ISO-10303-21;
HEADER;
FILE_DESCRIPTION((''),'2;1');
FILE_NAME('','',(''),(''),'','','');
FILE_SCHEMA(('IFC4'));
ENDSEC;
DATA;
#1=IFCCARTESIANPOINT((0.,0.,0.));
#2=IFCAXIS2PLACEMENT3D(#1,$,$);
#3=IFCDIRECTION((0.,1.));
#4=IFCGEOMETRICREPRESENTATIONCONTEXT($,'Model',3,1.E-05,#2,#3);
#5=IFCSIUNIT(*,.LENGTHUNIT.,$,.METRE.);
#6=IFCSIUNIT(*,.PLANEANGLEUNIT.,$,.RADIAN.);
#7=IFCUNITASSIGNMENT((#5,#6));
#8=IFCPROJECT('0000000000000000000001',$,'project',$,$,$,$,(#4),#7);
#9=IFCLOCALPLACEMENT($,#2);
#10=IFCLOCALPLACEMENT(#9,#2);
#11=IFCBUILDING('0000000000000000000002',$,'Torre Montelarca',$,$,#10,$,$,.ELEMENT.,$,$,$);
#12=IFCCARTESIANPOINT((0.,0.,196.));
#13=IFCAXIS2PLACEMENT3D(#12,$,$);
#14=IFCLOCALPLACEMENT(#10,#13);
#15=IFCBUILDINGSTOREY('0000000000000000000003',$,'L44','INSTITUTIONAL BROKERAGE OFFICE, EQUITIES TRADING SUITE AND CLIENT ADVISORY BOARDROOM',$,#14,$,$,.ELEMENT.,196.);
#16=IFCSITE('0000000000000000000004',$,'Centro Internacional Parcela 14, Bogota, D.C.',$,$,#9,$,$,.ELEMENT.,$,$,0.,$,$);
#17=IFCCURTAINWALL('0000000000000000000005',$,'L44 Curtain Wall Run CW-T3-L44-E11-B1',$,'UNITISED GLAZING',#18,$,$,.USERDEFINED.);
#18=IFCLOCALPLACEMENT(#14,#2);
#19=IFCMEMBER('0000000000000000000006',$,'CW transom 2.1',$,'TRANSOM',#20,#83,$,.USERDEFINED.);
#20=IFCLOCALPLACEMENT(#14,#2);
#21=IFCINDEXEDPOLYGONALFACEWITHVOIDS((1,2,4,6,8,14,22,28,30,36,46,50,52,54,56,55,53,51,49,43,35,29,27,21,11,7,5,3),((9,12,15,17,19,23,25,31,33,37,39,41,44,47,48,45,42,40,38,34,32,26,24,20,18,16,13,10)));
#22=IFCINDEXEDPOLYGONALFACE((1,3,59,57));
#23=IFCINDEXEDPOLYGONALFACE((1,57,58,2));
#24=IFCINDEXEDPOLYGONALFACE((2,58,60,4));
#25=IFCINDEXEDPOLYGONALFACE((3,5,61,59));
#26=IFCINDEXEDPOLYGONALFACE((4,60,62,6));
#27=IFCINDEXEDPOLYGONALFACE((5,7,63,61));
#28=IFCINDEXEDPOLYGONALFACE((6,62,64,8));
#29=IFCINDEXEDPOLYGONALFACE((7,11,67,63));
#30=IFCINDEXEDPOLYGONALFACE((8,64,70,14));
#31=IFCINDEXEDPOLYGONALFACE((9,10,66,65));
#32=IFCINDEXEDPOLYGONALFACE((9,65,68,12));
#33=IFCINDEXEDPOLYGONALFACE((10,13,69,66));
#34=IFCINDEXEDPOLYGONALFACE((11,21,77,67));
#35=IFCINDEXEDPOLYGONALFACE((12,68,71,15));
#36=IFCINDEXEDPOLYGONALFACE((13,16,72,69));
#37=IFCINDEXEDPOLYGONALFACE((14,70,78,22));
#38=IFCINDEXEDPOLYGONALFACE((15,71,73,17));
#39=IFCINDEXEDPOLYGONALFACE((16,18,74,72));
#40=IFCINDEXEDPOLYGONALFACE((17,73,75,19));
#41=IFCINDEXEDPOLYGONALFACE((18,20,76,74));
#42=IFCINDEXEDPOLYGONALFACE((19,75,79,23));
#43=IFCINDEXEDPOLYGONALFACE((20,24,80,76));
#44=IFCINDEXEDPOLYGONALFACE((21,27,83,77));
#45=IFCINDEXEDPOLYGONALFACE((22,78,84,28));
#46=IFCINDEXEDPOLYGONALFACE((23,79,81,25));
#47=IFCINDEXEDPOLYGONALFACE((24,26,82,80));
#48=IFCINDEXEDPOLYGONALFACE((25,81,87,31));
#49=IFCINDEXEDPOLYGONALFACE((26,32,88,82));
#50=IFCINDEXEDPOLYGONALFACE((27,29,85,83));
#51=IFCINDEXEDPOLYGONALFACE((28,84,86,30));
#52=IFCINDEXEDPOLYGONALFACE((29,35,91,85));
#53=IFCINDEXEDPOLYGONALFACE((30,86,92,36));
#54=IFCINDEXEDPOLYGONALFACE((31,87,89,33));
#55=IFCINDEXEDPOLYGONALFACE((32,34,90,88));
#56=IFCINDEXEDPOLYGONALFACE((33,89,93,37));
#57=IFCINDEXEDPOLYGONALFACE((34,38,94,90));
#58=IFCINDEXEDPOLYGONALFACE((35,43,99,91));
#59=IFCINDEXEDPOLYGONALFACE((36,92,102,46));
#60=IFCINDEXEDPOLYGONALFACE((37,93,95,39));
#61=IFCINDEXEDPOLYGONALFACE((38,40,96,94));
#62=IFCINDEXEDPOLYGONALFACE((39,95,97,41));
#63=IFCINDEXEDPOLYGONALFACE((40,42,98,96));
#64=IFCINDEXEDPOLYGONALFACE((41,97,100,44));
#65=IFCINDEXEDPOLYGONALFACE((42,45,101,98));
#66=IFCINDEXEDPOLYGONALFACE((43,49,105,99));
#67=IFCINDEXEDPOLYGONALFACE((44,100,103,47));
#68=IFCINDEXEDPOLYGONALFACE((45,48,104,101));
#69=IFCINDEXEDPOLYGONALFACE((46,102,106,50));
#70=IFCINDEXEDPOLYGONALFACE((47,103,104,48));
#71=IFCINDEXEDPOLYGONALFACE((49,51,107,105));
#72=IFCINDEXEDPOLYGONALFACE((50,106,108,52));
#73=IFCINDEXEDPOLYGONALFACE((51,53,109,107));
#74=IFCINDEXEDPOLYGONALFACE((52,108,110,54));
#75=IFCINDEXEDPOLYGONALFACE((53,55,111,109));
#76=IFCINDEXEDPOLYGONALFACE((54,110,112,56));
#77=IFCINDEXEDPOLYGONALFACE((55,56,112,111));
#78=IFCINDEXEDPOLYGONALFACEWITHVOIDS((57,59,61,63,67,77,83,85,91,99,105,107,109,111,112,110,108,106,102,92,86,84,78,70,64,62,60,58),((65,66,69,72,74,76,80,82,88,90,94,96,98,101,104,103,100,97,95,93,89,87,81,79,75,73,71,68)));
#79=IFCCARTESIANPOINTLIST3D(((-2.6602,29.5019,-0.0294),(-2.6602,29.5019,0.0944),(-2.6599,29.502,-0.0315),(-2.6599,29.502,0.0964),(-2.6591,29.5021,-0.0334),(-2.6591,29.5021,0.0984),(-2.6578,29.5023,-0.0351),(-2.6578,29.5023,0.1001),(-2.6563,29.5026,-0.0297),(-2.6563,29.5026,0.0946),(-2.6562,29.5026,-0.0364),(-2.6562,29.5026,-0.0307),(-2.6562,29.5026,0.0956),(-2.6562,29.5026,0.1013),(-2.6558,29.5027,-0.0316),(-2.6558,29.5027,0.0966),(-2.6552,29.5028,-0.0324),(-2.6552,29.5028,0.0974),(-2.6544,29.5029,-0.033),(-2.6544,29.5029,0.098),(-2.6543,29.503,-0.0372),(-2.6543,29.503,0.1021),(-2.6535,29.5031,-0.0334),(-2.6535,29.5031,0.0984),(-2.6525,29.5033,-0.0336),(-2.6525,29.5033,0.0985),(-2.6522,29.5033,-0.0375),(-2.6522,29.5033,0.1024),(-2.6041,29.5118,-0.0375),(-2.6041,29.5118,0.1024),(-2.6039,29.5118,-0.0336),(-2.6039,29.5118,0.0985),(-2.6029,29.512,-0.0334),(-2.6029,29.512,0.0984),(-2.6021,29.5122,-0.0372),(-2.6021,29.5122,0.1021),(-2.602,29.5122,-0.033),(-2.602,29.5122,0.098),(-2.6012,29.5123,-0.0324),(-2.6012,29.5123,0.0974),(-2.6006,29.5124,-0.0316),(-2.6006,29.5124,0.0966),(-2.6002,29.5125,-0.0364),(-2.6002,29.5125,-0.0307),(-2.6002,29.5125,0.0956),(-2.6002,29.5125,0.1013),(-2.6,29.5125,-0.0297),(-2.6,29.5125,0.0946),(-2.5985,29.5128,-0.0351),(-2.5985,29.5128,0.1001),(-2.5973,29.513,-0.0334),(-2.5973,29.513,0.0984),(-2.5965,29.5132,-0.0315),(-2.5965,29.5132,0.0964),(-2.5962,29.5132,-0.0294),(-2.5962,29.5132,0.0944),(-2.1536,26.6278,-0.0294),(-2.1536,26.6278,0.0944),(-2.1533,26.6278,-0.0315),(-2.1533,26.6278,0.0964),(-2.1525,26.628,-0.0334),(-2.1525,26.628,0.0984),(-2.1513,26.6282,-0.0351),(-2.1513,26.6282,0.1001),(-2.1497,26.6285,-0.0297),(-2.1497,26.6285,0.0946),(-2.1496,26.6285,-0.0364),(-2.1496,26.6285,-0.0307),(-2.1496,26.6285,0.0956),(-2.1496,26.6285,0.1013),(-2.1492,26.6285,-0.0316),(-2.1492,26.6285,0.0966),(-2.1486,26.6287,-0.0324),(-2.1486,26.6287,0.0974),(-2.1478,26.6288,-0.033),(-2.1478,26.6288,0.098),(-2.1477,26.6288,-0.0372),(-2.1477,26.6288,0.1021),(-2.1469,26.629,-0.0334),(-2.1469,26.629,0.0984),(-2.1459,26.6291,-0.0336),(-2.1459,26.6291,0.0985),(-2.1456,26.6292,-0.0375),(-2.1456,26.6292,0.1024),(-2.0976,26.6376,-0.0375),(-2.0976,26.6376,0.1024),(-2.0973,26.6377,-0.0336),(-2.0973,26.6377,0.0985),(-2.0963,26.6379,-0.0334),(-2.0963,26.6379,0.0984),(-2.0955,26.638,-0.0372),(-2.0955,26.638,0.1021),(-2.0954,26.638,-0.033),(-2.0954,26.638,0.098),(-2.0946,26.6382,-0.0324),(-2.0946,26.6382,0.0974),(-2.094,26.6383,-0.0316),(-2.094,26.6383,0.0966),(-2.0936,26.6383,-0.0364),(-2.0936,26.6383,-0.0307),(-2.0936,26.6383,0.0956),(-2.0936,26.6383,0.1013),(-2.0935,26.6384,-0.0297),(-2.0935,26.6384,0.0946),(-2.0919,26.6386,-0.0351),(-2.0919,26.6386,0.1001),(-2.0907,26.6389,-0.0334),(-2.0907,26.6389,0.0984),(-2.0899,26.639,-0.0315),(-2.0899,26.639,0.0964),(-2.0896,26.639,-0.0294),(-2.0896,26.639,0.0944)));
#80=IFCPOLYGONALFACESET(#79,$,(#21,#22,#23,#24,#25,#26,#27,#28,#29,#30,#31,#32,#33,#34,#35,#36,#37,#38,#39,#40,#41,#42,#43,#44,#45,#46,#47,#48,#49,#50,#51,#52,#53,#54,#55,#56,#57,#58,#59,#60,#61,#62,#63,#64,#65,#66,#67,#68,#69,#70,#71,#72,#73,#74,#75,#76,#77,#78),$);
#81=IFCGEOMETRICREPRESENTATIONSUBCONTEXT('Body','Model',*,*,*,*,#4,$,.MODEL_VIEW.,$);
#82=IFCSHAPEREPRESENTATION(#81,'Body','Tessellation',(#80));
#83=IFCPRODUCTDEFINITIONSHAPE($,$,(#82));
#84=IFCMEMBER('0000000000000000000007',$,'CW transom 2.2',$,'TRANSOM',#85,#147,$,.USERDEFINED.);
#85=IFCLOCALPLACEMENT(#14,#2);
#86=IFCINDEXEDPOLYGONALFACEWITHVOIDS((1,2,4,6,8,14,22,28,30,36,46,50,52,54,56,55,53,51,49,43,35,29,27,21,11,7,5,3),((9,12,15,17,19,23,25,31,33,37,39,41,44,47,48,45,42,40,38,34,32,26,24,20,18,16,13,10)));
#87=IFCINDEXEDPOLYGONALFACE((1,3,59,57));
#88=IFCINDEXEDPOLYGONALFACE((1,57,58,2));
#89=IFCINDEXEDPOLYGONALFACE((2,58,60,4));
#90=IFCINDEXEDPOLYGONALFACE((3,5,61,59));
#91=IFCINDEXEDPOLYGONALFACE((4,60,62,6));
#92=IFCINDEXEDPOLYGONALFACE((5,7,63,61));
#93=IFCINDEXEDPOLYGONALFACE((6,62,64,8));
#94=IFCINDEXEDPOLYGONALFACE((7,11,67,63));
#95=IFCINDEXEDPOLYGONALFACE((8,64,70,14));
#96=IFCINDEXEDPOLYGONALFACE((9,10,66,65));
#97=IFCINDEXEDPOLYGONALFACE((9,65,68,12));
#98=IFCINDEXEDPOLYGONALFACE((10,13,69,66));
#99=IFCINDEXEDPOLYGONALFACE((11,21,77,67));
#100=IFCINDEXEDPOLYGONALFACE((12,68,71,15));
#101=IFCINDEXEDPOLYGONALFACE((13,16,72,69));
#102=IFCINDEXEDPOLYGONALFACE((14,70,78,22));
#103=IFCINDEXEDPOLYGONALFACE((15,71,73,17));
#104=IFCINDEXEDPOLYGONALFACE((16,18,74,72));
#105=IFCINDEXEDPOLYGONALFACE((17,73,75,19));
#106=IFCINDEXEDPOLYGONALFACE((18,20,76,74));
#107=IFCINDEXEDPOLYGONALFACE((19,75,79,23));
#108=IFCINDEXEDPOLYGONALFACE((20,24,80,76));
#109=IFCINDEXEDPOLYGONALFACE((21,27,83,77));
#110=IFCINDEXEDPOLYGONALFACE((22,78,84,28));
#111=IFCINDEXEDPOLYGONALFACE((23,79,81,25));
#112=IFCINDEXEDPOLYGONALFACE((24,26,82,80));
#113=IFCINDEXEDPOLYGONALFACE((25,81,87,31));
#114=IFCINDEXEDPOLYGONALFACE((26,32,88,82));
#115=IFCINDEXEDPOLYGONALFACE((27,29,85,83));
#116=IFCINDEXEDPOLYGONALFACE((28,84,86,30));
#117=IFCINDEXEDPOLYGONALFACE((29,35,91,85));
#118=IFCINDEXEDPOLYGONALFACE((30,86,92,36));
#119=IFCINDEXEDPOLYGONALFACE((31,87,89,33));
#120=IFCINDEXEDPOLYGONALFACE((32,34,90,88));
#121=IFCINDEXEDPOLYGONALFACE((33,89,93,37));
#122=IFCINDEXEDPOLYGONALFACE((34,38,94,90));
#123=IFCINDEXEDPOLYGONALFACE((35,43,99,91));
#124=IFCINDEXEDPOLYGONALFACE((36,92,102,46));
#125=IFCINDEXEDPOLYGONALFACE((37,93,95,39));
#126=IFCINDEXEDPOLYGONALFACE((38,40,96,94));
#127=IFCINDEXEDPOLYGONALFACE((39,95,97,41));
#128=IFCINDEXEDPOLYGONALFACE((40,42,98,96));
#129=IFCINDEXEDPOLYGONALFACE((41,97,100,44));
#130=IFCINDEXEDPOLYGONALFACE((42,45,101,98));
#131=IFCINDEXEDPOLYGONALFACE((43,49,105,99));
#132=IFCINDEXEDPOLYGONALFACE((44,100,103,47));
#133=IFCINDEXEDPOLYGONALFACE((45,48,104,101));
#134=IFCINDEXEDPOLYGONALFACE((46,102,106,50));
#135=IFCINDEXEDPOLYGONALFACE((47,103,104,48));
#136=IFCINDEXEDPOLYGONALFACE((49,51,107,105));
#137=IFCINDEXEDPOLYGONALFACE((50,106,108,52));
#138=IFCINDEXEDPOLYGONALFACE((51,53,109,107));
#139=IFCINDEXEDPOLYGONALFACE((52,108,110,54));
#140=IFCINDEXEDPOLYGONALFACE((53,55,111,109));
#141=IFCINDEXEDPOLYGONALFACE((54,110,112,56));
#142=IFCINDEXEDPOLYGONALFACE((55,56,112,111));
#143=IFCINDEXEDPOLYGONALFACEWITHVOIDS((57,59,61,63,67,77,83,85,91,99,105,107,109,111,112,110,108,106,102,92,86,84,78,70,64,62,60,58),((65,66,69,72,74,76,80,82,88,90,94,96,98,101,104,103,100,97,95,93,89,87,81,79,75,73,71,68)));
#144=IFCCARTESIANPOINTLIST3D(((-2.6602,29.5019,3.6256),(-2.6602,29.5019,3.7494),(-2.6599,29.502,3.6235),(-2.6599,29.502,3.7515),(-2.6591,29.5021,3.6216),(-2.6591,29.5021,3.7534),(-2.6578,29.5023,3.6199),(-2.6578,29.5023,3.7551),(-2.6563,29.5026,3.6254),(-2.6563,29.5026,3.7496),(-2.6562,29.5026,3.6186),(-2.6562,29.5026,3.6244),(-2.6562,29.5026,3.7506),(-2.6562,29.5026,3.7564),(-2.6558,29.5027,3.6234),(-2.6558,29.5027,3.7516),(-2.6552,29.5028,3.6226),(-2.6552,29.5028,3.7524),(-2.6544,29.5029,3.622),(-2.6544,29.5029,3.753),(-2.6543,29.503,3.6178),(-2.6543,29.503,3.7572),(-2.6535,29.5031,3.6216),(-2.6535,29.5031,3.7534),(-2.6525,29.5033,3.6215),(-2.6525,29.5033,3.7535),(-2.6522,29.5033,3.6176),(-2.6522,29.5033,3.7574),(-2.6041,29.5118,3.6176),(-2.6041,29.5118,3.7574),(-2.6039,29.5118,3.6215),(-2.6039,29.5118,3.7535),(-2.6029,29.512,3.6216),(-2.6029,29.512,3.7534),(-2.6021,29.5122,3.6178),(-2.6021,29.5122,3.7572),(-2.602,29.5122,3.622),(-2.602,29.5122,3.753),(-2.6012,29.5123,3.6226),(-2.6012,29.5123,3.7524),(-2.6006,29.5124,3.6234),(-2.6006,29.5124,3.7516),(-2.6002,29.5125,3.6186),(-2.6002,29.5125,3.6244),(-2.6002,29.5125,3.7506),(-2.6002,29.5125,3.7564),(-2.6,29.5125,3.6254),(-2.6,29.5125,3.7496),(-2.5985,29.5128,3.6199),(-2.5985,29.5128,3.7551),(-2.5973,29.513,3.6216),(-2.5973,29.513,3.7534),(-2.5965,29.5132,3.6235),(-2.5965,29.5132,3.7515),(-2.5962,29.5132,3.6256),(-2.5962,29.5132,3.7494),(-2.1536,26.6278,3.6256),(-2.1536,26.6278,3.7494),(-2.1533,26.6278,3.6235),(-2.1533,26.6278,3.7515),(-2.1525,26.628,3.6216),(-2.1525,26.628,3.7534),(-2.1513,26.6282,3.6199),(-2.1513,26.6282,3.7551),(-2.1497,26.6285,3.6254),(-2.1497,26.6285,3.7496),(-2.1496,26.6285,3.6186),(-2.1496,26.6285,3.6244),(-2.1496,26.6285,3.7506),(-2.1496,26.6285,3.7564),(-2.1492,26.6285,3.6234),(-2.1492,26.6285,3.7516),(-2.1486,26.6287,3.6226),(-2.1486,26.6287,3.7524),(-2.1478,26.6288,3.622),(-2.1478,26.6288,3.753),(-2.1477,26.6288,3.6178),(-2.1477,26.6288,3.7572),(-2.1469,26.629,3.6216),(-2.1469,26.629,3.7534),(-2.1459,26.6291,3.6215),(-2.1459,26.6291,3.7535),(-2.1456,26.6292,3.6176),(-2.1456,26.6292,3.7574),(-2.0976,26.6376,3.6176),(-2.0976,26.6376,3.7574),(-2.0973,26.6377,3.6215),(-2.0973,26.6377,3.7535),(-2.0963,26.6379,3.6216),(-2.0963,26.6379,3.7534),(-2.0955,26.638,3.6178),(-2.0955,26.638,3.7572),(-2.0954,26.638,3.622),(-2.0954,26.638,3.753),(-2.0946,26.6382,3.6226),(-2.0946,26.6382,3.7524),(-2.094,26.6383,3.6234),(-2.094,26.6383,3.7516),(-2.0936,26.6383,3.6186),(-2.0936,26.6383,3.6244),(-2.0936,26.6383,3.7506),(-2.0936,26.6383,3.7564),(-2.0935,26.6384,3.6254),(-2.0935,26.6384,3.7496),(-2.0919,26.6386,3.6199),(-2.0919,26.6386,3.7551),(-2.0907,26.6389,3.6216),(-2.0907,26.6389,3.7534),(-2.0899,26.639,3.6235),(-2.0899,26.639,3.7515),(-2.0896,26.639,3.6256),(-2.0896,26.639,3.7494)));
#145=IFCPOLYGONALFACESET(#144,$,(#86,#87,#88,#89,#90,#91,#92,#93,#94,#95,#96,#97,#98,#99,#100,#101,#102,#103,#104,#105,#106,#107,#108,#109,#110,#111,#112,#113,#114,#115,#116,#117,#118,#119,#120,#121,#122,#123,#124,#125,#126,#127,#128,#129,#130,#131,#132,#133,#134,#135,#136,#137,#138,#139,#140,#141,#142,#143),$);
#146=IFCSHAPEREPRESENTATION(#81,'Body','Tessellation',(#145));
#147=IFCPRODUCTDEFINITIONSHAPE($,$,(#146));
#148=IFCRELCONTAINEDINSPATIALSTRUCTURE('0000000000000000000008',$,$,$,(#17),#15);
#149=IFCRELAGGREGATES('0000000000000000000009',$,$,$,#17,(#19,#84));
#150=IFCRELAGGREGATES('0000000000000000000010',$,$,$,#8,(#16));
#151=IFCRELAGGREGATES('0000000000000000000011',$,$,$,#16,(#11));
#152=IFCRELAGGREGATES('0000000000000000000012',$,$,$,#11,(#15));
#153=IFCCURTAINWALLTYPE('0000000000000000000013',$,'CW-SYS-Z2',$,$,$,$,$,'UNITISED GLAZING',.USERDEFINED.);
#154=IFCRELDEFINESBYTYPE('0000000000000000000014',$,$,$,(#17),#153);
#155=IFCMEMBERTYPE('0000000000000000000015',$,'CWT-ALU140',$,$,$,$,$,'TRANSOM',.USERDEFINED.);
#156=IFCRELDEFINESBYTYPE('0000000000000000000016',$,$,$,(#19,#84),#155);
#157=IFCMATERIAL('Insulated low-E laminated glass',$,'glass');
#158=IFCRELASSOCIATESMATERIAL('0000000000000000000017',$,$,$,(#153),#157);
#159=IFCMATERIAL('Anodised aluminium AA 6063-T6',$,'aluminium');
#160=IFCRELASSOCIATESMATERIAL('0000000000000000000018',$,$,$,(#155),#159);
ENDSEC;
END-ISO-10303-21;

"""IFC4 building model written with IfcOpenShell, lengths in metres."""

from ifc_helpers import new_model, si_unit, direction, frame, origin, origin_2d, place, context, subcontext, project, spatial, hollow_rectangle, extrude, source, transform, mapped, material, material_profile, profile_set, type_object, element, aggregate, save


model = new_model("IFC4")

# Units and contexts
model_context = context("Model", 3, precision=1e-05, world=origin(), true_north=direction((0.0, 1.0)))
body_context = subcontext(model_context, "Body", "Model", "MODEL_VIEW")
ifc_project = project(units=[si_unit("LENGTHUNIT", "METRE"), si_unit("PLANEANGLEUNIT", "RADIAN")], contexts=[model_context])

# Site, building, storey
site_placement = place(None, origin())
site = spatial("IfcSite", under=ifc_project, at=site_placement, Name="Centro Internacional Parcela 14, Bogota, D.C.", CompositionType="ELEMENT", RefElevation=0.0)
building_placement = place(site_placement, origin())
building = spatial("IfcBuilding", under=site, at=building_placement, Name="Torre Montelarca", CompositionType="ELEMENT")
storey_placement = place(building_placement, frame((0.0, 0.0, 196.0)))
storey = spatial("IfcBuildingStorey", under=building, at=storey_placement, Name="L44", Description="INSTITUTIONAL BROKERAGE OFFICE, EQUITIES TRADING SUITE AND CLIENT ADVISORY BOARDROOM", CompositionType="ELEMENT", Elevation=196.0)

# Curtain wall, members
ifc_material_1 = material(Name="Insulated low-E laminated glass", Category="glass")
curtain_wall_type = type_object("IfcCurtainWallType", Name="CW-SYS-Z2", ElementType="UNITISED GLAZING", PredefinedType="USERDEFINED", material=ifc_material_1)
curtain_wall_1_placement = place(storey_placement, origin())
curtain_wall_1 = element("IfcCurtainWall", 1, at=curtain_wall_1_placement, inside=storey, type_object=curtain_wall_type, Name="L44 Curtain Wall Run CW-T3-L44-E11-B1", ObjectType="UNITISED GLAZING", PredefinedType="USERDEFINED")
ifc_material_2 = material(Name="Anodised aluminium AA 6063-T6", Category="aluminium")
ifc_material_profile_1 = material_profile(ifc_material_2, hollow_rectangle(XDim=0.0649, YDim=0.1399, WallThickness=0.0039, InnerFilletRadius=0.0039, OuterFilletRadius=0.0081, at=origin_2d()), Name="ALU65X140X4", Category="aluminium")
ifc_profile_set_1 = profile_set([ifc_material_profile_1], Name="Anodised aluminium AA 6063-T6")
member_type_1 = type_object("IfcMemberType", Name="CWT-ALU140", ElementType="TRANSOM", PredefinedType="USERDEFINED", material=ifc_profile_set_1)
shared_shape_1 = source(origin(), body_context, "Body", "SweptSolid", [
    extrude(hollow_rectangle(XDim=0.0649, YDim=0.1399, WallThickness=0.0039, InnerFilletRadius=0.0039, OuterFilletRadius=0.0081, at=origin_2d()), origin(), (0.0, 0.0, 1.0), 2.9185),
])
member_1_placement = place(storey_placement, frame((-2.6282, 29.5076, 0.0325), z_axis=(0.173575, -0.984821, 0.0), x_axis=(0.984821, 0.173575, 0.0)))
member_1 = element("IfcMember", 2, at=member_1_placement, type_object=member_type_1, Name="CW transom 2.1", ObjectType="TRANSOM", PredefinedType="USERDEFINED", context=body_context, shape_type="MappedRepresentation", body=[
    mapped(shared_shape_1, transform((0.0, 0.0, 0.0), scale=1.0)),
])
member_2_placement = place(storey_placement, frame((-2.6282, 29.5076, 3.6875), z_axis=(0.173575, -0.984821, 0.0), x_axis=(0.984821, 0.173575, 0.0)))
member_2 = element("IfcMember", 3, at=member_2_placement, type_object=member_type_1, Name="CW transom 2.2", ObjectType="TRANSOM", PredefinedType="USERDEFINED", context=body_context, shape_type="MappedRepresentation", body=[
    mapped(shared_shape_1, transform((0.0, 0.0, 0.0), scale=1.0)),
])

aggregate(curtain_wall_1, [member_1, member_2])

save(model, "model.ifc")
